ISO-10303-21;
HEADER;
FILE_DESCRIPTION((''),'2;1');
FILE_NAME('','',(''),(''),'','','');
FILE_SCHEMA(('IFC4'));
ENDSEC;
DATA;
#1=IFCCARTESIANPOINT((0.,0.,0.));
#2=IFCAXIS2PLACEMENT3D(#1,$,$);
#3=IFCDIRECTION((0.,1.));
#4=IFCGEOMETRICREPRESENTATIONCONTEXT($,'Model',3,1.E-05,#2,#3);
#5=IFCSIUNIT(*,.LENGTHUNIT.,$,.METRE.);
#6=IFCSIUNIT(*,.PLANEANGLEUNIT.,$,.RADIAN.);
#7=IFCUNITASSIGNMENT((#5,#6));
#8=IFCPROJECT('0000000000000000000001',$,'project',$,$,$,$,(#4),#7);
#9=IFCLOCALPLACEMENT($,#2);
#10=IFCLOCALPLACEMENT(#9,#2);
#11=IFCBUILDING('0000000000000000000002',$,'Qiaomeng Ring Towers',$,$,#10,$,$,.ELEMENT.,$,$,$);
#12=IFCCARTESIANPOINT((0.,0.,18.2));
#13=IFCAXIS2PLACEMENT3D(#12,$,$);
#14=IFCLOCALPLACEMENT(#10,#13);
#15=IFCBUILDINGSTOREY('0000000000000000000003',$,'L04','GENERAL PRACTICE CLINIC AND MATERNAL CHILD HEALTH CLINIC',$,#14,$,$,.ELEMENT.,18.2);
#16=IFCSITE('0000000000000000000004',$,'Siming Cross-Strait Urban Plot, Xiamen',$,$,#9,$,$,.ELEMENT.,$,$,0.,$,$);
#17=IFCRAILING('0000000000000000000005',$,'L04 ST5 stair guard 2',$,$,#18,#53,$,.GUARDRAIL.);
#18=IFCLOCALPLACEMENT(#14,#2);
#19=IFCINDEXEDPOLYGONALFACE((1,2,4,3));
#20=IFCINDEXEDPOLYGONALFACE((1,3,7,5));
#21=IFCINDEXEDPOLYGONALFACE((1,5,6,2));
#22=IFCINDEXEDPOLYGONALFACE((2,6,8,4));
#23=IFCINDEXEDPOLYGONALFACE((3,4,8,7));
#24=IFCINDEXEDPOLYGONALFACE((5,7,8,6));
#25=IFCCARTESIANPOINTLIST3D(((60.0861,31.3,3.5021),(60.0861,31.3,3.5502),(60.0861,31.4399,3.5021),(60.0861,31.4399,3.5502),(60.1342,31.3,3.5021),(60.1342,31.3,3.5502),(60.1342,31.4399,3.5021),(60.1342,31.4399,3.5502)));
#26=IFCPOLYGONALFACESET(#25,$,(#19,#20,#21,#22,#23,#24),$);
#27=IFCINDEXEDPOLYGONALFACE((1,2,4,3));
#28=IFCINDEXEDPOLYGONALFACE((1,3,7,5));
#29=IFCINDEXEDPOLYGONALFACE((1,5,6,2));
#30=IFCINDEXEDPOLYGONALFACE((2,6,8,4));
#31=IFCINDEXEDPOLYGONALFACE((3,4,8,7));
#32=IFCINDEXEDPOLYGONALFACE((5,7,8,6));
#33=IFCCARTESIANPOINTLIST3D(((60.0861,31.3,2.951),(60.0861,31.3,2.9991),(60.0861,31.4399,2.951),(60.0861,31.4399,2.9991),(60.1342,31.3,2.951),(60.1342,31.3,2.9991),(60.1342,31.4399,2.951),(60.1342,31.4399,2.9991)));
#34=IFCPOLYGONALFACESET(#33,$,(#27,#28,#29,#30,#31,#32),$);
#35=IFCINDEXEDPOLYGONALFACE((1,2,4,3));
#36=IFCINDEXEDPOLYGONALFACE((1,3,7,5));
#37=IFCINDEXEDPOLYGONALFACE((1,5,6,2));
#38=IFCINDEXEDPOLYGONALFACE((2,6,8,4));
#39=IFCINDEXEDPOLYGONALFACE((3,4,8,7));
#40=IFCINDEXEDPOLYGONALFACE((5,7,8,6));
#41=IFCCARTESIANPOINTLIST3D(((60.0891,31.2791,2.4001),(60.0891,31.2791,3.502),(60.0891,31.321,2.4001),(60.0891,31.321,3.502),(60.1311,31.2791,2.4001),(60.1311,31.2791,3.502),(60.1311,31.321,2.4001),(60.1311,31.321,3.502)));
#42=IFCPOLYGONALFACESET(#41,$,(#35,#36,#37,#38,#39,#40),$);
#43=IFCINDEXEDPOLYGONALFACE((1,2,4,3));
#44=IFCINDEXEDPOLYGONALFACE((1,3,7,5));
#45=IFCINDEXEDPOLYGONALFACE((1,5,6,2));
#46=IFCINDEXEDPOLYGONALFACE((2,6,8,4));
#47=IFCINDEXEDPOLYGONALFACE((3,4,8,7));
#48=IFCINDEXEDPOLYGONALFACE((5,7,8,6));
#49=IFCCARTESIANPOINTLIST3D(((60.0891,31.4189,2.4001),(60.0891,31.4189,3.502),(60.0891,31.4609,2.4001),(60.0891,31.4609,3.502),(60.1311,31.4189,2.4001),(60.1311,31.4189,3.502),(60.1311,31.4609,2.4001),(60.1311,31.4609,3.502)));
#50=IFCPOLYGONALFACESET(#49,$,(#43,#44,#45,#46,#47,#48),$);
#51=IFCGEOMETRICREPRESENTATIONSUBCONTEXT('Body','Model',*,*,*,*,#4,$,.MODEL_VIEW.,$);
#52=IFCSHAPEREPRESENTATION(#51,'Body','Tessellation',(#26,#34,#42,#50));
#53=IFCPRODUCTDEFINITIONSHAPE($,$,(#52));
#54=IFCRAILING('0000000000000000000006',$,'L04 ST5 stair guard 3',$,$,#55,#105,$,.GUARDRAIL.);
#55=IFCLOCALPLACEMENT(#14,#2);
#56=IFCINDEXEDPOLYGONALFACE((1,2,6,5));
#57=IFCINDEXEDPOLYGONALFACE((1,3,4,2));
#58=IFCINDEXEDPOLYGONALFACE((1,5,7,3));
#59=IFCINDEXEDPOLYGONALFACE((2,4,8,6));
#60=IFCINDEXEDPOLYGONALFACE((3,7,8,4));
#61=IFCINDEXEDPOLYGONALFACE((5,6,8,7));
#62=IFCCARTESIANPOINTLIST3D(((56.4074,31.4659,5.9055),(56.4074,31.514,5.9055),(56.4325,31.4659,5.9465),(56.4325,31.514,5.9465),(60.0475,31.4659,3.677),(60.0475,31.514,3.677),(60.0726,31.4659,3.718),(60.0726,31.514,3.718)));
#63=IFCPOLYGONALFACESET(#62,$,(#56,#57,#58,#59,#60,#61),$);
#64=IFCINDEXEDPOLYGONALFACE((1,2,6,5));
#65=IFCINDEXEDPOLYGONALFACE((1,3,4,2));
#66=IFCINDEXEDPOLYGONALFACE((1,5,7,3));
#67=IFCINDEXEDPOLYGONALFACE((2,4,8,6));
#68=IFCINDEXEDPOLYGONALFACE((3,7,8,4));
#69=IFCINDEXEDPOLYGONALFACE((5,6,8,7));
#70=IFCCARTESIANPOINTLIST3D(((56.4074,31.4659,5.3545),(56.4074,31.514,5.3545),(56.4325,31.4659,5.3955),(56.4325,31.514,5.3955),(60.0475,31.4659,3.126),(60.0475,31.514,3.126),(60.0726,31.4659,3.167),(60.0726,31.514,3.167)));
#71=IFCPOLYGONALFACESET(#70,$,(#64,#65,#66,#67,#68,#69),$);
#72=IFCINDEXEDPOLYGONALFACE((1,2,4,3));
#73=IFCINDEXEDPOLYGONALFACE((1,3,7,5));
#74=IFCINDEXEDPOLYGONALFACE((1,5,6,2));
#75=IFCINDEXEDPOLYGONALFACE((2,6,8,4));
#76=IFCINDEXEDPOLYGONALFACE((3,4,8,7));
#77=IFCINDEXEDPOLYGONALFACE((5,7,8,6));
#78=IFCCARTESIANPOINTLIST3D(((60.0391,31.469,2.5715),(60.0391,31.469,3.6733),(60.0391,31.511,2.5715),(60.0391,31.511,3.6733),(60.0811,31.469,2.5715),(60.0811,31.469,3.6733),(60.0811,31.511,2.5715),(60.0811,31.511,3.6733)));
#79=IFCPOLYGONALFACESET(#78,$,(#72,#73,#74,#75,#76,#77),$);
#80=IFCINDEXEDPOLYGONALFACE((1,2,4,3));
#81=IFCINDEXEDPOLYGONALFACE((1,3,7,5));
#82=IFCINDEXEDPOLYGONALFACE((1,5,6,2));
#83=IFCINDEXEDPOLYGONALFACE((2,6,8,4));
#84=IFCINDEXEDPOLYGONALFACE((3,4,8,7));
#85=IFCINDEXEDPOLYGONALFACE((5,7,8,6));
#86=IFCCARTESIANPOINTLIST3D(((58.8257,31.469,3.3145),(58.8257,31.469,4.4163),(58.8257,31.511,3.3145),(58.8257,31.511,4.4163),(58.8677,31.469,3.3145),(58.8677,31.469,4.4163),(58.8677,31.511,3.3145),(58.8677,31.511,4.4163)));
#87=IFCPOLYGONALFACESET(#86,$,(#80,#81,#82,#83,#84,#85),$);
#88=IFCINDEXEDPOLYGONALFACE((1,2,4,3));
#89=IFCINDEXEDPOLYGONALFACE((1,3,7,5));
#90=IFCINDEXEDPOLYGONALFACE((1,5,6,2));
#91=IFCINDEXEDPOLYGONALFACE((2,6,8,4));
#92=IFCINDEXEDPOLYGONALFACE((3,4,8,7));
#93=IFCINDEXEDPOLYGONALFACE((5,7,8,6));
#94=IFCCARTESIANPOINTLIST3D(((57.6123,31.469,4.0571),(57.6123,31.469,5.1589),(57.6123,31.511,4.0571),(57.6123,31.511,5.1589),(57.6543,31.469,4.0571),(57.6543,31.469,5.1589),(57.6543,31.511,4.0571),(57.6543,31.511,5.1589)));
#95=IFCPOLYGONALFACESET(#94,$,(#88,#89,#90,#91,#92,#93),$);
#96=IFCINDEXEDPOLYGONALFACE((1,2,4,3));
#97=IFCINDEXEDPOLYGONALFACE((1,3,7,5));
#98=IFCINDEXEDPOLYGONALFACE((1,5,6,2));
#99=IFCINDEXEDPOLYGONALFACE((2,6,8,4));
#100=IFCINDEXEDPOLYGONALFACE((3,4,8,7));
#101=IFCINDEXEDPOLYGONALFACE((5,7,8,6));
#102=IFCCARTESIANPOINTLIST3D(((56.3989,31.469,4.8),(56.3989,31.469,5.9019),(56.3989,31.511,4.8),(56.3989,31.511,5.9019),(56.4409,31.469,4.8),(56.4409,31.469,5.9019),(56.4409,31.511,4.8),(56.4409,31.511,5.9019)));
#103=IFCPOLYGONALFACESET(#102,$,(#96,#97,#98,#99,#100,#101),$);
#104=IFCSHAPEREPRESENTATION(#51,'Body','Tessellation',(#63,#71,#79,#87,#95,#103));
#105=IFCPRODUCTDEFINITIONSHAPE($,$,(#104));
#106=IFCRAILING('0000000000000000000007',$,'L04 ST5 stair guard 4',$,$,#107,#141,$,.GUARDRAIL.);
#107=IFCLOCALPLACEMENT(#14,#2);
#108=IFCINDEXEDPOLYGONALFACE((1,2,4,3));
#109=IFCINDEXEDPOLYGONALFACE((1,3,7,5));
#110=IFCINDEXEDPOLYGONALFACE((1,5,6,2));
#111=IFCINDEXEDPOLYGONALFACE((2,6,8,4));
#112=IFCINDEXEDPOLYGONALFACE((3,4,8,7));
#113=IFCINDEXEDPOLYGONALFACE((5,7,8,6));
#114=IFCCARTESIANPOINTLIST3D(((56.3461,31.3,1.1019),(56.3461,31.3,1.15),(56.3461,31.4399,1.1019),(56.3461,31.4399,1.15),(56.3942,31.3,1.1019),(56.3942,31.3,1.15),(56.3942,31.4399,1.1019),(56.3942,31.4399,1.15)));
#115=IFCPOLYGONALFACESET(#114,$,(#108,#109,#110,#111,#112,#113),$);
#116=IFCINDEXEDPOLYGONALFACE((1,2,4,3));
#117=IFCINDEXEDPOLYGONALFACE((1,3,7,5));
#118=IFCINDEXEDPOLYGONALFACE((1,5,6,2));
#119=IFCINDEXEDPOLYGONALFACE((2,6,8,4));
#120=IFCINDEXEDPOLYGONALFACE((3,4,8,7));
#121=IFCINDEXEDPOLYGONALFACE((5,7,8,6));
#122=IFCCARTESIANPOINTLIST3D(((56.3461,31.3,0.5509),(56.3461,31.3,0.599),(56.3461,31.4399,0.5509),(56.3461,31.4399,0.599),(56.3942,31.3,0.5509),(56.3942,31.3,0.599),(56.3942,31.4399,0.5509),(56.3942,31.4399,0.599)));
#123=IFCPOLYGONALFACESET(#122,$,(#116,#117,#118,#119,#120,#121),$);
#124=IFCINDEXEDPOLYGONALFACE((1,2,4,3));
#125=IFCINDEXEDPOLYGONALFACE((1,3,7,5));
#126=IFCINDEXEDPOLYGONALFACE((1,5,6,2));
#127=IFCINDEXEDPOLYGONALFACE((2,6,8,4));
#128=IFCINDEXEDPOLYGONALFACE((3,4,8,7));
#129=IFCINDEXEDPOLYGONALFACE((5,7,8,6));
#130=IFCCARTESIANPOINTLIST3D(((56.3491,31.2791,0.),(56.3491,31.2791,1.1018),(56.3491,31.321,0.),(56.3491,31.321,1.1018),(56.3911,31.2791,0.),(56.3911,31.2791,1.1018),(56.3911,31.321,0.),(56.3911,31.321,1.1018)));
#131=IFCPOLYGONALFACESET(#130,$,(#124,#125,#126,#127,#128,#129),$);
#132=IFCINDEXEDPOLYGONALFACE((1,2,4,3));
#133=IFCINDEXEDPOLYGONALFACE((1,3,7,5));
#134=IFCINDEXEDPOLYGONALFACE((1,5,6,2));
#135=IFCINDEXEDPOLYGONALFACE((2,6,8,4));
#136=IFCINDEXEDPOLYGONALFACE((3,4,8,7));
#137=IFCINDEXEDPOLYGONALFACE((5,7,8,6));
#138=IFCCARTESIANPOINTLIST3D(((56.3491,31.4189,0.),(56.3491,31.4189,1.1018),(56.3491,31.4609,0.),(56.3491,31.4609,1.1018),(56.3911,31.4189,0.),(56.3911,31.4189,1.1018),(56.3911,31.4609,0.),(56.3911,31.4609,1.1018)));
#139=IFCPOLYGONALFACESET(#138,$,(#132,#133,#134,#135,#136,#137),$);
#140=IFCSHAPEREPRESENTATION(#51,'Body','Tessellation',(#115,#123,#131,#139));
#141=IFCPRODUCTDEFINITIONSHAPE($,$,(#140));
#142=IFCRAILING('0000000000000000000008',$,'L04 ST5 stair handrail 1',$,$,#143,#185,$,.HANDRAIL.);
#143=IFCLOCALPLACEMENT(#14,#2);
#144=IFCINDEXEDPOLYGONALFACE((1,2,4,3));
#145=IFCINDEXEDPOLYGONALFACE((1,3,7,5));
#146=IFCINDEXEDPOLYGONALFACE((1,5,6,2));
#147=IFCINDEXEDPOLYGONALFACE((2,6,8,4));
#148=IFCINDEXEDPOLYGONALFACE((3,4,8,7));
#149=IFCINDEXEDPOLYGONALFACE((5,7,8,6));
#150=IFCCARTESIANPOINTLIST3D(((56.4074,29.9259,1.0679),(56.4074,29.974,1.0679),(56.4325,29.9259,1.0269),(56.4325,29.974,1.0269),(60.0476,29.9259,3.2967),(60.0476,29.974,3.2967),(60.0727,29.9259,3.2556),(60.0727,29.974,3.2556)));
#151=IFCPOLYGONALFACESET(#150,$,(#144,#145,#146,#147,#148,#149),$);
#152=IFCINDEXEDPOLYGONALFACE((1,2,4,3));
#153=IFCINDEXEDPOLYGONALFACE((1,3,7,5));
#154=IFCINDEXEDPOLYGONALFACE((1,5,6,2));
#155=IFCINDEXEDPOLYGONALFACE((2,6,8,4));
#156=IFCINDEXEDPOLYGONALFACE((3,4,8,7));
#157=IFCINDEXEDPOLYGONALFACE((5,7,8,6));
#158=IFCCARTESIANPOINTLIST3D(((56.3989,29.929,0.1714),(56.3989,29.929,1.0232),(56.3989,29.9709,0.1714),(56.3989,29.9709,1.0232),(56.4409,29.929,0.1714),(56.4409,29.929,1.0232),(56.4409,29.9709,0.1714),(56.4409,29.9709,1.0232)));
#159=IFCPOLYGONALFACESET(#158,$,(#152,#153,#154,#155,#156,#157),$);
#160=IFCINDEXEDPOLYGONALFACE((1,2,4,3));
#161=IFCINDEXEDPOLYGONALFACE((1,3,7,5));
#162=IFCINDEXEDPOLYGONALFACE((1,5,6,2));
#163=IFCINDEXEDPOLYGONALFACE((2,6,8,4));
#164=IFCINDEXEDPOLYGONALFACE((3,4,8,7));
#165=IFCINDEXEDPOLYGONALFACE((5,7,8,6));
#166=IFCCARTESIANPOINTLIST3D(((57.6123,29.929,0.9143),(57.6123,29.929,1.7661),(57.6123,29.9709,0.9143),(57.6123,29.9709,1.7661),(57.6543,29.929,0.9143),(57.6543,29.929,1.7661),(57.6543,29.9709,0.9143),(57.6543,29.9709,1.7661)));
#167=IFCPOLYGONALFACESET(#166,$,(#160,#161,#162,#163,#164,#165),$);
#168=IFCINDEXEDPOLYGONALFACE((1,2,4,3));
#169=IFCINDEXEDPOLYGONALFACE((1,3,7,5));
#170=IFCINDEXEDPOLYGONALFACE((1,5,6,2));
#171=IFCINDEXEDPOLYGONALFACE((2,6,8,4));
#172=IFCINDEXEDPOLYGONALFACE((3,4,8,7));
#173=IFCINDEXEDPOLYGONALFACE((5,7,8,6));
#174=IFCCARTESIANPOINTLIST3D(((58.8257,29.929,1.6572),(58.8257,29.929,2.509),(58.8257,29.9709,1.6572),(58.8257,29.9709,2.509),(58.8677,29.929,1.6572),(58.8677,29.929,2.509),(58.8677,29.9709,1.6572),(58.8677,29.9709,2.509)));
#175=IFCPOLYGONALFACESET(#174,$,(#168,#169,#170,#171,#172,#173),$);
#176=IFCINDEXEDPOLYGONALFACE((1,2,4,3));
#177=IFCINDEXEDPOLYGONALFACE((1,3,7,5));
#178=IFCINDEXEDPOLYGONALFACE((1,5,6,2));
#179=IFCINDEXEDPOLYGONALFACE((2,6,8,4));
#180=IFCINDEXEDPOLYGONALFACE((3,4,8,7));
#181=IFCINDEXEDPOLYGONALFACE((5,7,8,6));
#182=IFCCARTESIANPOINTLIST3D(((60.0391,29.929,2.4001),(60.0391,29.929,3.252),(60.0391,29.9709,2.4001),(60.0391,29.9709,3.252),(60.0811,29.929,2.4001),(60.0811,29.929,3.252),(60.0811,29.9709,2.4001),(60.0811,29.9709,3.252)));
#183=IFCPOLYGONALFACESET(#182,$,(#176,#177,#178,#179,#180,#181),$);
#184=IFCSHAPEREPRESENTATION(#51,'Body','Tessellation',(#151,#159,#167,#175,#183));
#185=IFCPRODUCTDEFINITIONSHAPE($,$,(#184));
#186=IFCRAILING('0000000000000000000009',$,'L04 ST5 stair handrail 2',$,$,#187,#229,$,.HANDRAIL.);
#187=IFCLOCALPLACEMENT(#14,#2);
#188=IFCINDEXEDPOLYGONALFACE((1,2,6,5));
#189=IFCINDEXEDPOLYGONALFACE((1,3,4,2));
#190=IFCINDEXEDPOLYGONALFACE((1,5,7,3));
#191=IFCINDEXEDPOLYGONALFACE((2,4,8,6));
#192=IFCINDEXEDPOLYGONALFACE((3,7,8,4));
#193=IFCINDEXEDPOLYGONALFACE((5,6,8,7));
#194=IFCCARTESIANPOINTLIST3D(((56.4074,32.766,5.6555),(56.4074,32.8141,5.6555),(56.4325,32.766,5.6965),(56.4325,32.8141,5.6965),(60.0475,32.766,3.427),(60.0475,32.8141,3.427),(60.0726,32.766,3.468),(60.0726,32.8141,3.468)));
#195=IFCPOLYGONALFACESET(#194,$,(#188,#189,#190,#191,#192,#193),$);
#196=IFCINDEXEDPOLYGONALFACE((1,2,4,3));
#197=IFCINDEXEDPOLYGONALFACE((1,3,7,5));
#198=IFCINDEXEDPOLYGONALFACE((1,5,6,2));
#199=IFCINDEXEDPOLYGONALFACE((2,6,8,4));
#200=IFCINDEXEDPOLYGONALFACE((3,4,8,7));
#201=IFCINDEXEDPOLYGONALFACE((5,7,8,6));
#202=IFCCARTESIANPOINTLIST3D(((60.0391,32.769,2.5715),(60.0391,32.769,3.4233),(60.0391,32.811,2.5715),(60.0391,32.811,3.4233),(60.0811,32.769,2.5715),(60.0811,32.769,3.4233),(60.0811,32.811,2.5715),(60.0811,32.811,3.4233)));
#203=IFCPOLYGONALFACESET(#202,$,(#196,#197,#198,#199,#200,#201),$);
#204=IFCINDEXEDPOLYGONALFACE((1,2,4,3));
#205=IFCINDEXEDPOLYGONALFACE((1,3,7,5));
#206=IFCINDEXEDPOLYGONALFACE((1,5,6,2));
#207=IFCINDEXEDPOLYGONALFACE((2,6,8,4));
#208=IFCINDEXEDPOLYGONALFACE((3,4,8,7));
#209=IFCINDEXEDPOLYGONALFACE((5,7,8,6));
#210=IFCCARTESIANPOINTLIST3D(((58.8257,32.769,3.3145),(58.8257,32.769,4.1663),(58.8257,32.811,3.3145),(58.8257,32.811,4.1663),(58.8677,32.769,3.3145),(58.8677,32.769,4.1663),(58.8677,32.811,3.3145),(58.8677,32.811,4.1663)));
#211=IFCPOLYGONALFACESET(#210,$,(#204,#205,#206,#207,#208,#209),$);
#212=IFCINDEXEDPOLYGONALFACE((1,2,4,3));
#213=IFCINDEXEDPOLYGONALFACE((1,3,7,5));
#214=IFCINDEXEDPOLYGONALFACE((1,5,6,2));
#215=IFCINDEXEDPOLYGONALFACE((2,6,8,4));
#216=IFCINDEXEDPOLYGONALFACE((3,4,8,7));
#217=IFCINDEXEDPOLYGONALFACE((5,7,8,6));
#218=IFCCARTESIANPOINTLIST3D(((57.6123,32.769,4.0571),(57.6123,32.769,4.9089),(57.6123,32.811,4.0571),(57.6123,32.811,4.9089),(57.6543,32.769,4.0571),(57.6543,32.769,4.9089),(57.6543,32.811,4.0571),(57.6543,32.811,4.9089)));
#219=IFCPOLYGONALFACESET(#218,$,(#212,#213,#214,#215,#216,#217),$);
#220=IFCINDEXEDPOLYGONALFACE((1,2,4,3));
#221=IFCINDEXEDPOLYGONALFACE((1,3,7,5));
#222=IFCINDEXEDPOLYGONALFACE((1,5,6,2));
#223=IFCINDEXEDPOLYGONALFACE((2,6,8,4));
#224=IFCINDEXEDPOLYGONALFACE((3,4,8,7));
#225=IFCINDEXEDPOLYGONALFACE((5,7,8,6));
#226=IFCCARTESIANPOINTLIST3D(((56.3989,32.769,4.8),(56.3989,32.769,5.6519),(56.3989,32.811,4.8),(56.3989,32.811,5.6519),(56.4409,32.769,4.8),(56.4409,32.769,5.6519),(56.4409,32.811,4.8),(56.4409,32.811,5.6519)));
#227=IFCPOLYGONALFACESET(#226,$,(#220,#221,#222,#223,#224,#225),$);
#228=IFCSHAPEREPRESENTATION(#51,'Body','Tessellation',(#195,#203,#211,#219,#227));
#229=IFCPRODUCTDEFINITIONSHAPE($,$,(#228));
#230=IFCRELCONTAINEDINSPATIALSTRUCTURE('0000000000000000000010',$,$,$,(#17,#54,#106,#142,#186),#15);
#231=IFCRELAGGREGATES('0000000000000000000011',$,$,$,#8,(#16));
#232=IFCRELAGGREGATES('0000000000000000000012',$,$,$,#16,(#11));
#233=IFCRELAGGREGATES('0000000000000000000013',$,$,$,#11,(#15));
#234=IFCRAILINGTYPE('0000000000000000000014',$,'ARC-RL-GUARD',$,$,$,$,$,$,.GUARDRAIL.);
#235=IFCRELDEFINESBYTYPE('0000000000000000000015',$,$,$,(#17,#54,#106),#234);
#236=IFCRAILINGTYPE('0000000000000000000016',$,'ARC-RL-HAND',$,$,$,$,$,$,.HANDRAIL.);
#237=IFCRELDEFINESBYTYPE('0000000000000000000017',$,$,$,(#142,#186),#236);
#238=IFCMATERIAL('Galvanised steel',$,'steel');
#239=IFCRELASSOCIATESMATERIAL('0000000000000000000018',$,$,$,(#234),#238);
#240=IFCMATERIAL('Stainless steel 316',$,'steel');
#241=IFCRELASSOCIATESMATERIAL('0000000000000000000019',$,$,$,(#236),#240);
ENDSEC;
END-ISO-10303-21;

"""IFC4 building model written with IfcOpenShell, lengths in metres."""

from ifc_helpers import new_model, si_unit, direction, frame, origin, origin_2d, place, context, subcontext, project, spatial, rectangle, extrude, material, type_object, element, save


model = new_model("IFC4")

# Units and contexts
model_context = context("Model", 3, precision=1e-05, world=origin(), true_north=direction((0.0, 1.0)))
body_context = subcontext(model_context, "Body", "Model", "MODEL_VIEW")
ifc_project = project(units=[si_unit("LENGTHUNIT", "METRE"), si_unit("PLANEANGLEUNIT", "RADIAN")], contexts=[model_context])

# Site, building, storey
site_placement = place(None, origin())
site = spatial("IfcSite", under=ifc_project, at=site_placement, Name="Siming Cross-Strait Urban Plot, Xiamen", CompositionType="ELEMENT", RefElevation=0.0)
building_placement = place(site_placement, origin())
building = spatial("IfcBuilding", under=site, at=building_placement, Name="Qiaomeng Ring Towers", CompositionType="ELEMENT")
storey_placement = place(building_placement, frame((0.0, 0.0, 18.2)))
storey = spatial("IfcBuildingStorey", under=building, at=storey_placement, Name="L04", Description="GENERAL PRACTICE CLINIC AND MATERNAL CHILD HEALTH CLINIC", CompositionType="ELEMENT", Elevation=18.2)

# Shared definitions
ifc_material_1 = material(Name="Galvanised steel", Category="steel")

# Shared definitions
ifc_material_2 = material(Name="Stainless steel 316", Category="steel")

# Railings
railing_type_1 = type_object("IfcRailingType", Name="ARC-RL-GUARD", PredefinedType="GUARDRAIL", material=ifc_material_1)
railing_1_placement = place(storey_placement, frame((60.1101, 31.3, 2.4001)))
element("IfcRailing", 1, at=railing_1_placement, inside=storey, type_object=railing_type_1, Name="L04 ST5 stair guard 2", PredefinedType="GUARDRAIL", context=body_context, shape_type="SweptSolid", body=[
    extrude(rectangle(XDim=0.0481, YDim=0.0481, at=origin_2d()), frame((0.0, 0.0, 1.126), z_axis=(0.0, 1.0, 0.0), x_axis=(-1.0, 0.0, 0.0)), (0.0, 0.0, 1.0), 0.1399),
    extrude(rectangle(XDim=0.0481, YDim=0.0481, at=origin_2d()), frame((0.0, 0.0, 0.575), z_axis=(0.0, 1.0, 0.0), x_axis=(-1.0, 0.0, 0.0)), (0.0, 0.0, 1.0), 0.1399),
    extrude(rectangle(XDim=0.042, YDim=0.042, at=origin_2d()), origin(), (0.0, 0.0, 1.0), 1.1018),
    extrude(rectangle(XDim=0.042, YDim=0.042, at=origin_2d()), frame((0.0, 0.1399, 0.0)), (0.0, 0.0, 1.0), 1.1018),
])
railing_2_placement = place(storey_placement, frame((60.0601, 31.49, 2.5715)))
element("IfcRailing", 2, at=railing_2_placement, inside=storey, type_object=railing_type_1, Name="L04 ST5 stair guard 3", PredefinedType="GUARDRAIL", context=body_context, shape_type="SweptSolid", body=[
    extrude(rectangle(XDim=0.0481, YDim=0.0481, at=origin_2d()), frame((0.0, 0.0, 1.126), z_axis=(-0.852866, 0.0, 0.52213), x_axis=(0.0, -1.0, 0.0)), (0.0, 0.0, 1.0), 4.2681),
    extrude(rectangle(XDim=0.0481, YDim=0.0481, at=origin_2d()), frame((0.0, 0.0, 0.575), z_axis=(-0.852866, 0.0, 0.52213), x_axis=(0.0, -1.0, 0.0)), (0.0, 0.0, 1.0), 4.2681),
    extrude(rectangle(XDim=0.042, YDim=0.042, at=origin_2d()), origin(), (0.0, 0.0, 1.0), 1.1018),
    extrude(rectangle(XDim=0.042, YDim=0.042, at=origin_2d()), frame((-1.2134, 0.0, 0.7429)), (0.0, 0.0, 1.0), 1.1018),
    extrude(rectangle(XDim=0.042, YDim=0.042, at=origin_2d()), frame((-2.4268, 0.0, 1.4856)), (0.0, 0.0, 1.0), 1.1018),
    extrude(rectangle(XDim=0.042, YDim=0.042, at=origin_2d()), frame((-3.6401, 0.0, 2.2285)), (0.0, 0.0, 1.0), 1.1018),
])
railing_3_placement = place(storey_placement, frame((56.3701, 31.3, 0.0)))
element("IfcRailing", 3, at=railing_3_placement, inside=storey, type_object=railing_type_1, Name="L04 ST5 stair guard 4", PredefinedType="GUARDRAIL", context=body_context, shape_type="SweptSolid", body=[
    extrude(rectangle(XDim=0.0481, YDim=0.0481, at=origin_2d()), frame((0.0, 0.0, 1.126), z_axis=(0.0, 1.0, 0.0), x_axis=(-1.0, 0.0, 0.0)), (0.0, 0.0, 1.0), 0.1399),
    extrude(rectangle(XDim=0.0481, YDim=0.0481, at=origin_2d()), frame((0.0, 0.0, 0.575), z_axis=(0.0, 1.0, 0.0), x_axis=(-1.0, 0.0, 0.0)), (0.0, 0.0, 1.0), 0.1399),
    extrude(rectangle(XDim=0.042, YDim=0.042, at=origin_2d()), origin(), (0.0, 0.0, 1.0), 1.1018),
    extrude(rectangle(XDim=0.042, YDim=0.042, at=origin_2d()), frame((0.0, 0.1399, 0.0)), (0.0, 0.0, 1.0), 1.1018),
])
railing_type_2 = type_object("IfcRailingType", Name="ARC-RL-HAND", PredefinedType="HANDRAIL", material=ifc_material_2)
railing_4_placement = place(storey_placement, frame((56.4199, 29.95, 0.1714)))
element("IfcRailing", 4, at=railing_4_placement, inside=storey, type_object=railing_type_2, Name="L04 ST5 stair handrail 1", PredefinedType="HANDRAIL", context=body_context, shape_type="SweptSolid", body=[
    extrude(rectangle(XDim=0.0481, YDim=0.0481, at=origin_2d()), frame((0.0, 0.0, 0.876), z_axis=(0.85284, 0.0, 0.522172), x_axis=(0.0, 1.0, 0.0)), (0.0, 0.0, 1.0), 4.2683),
    extrude(rectangle(XDim=0.042, YDim=0.042, at=origin_2d()), origin(), (0.0, 0.0, 1.0), 0.8518),
    extrude(rectangle(XDim=0.042, YDim=0.042, at=origin_2d()), frame((1.2134, 0.0, 0.7429)), (0.0, 0.0, 1.0), 0.8518),
    extrude(rectangle(XDim=0.042, YDim=0.042, at=origin_2d()), frame((2.4268, 0.0, 1.4858)), (0.0, 0.0, 1.0), 0.8518),
    extrude(rectangle(XDim=0.042, YDim=0.042, at=origin_2d()), frame((3.6401, 0.0, 2.2288)), (0.0, 0.0, 1.0), 0.8518),
])
railing_5_placement = place(storey_placement, frame((60.0601, 32.79, 2.5715)))
element("IfcRailing", 5, at=railing_5_placement, inside=storey, type_object=railing_type_2, Name="L04 ST5 stair handrail 2", PredefinedType="HANDRAIL", context=body_context, shape_type="SweptSolid", body=[
    extrude(rectangle(XDim=0.0481, YDim=0.0481, at=origin_2d()), frame((0.0, 0.0, 0.876), z_axis=(-0.852866, 0.0, 0.52213), x_axis=(0.0, -1.0, 0.0)), (0.0, 0.0, 1.0), 4.2681),
    extrude(rectangle(XDim=0.042, YDim=0.042, at=origin_2d()), origin(), (0.0, 0.0, 1.0), 0.8518),
    extrude(rectangle(XDim=0.042, YDim=0.042, at=origin_2d()), frame((-1.2134, 0.0, 0.7429)), (0.0, 0.0, 1.0), 0.8518),
    extrude(rectangle(XDim=0.042, YDim=0.042, at=origin_2d()), frame((-2.4268, 0.0, 1.4856)), (0.0, 0.0, 1.0), 0.8518),
    extrude(rectangle(XDim=0.042, YDim=0.042, at=origin_2d()), frame((-3.6401, 0.0, 2.2285)), (0.0, 0.0, 1.0), 0.8518),
])

save(model, "model.ifc")
